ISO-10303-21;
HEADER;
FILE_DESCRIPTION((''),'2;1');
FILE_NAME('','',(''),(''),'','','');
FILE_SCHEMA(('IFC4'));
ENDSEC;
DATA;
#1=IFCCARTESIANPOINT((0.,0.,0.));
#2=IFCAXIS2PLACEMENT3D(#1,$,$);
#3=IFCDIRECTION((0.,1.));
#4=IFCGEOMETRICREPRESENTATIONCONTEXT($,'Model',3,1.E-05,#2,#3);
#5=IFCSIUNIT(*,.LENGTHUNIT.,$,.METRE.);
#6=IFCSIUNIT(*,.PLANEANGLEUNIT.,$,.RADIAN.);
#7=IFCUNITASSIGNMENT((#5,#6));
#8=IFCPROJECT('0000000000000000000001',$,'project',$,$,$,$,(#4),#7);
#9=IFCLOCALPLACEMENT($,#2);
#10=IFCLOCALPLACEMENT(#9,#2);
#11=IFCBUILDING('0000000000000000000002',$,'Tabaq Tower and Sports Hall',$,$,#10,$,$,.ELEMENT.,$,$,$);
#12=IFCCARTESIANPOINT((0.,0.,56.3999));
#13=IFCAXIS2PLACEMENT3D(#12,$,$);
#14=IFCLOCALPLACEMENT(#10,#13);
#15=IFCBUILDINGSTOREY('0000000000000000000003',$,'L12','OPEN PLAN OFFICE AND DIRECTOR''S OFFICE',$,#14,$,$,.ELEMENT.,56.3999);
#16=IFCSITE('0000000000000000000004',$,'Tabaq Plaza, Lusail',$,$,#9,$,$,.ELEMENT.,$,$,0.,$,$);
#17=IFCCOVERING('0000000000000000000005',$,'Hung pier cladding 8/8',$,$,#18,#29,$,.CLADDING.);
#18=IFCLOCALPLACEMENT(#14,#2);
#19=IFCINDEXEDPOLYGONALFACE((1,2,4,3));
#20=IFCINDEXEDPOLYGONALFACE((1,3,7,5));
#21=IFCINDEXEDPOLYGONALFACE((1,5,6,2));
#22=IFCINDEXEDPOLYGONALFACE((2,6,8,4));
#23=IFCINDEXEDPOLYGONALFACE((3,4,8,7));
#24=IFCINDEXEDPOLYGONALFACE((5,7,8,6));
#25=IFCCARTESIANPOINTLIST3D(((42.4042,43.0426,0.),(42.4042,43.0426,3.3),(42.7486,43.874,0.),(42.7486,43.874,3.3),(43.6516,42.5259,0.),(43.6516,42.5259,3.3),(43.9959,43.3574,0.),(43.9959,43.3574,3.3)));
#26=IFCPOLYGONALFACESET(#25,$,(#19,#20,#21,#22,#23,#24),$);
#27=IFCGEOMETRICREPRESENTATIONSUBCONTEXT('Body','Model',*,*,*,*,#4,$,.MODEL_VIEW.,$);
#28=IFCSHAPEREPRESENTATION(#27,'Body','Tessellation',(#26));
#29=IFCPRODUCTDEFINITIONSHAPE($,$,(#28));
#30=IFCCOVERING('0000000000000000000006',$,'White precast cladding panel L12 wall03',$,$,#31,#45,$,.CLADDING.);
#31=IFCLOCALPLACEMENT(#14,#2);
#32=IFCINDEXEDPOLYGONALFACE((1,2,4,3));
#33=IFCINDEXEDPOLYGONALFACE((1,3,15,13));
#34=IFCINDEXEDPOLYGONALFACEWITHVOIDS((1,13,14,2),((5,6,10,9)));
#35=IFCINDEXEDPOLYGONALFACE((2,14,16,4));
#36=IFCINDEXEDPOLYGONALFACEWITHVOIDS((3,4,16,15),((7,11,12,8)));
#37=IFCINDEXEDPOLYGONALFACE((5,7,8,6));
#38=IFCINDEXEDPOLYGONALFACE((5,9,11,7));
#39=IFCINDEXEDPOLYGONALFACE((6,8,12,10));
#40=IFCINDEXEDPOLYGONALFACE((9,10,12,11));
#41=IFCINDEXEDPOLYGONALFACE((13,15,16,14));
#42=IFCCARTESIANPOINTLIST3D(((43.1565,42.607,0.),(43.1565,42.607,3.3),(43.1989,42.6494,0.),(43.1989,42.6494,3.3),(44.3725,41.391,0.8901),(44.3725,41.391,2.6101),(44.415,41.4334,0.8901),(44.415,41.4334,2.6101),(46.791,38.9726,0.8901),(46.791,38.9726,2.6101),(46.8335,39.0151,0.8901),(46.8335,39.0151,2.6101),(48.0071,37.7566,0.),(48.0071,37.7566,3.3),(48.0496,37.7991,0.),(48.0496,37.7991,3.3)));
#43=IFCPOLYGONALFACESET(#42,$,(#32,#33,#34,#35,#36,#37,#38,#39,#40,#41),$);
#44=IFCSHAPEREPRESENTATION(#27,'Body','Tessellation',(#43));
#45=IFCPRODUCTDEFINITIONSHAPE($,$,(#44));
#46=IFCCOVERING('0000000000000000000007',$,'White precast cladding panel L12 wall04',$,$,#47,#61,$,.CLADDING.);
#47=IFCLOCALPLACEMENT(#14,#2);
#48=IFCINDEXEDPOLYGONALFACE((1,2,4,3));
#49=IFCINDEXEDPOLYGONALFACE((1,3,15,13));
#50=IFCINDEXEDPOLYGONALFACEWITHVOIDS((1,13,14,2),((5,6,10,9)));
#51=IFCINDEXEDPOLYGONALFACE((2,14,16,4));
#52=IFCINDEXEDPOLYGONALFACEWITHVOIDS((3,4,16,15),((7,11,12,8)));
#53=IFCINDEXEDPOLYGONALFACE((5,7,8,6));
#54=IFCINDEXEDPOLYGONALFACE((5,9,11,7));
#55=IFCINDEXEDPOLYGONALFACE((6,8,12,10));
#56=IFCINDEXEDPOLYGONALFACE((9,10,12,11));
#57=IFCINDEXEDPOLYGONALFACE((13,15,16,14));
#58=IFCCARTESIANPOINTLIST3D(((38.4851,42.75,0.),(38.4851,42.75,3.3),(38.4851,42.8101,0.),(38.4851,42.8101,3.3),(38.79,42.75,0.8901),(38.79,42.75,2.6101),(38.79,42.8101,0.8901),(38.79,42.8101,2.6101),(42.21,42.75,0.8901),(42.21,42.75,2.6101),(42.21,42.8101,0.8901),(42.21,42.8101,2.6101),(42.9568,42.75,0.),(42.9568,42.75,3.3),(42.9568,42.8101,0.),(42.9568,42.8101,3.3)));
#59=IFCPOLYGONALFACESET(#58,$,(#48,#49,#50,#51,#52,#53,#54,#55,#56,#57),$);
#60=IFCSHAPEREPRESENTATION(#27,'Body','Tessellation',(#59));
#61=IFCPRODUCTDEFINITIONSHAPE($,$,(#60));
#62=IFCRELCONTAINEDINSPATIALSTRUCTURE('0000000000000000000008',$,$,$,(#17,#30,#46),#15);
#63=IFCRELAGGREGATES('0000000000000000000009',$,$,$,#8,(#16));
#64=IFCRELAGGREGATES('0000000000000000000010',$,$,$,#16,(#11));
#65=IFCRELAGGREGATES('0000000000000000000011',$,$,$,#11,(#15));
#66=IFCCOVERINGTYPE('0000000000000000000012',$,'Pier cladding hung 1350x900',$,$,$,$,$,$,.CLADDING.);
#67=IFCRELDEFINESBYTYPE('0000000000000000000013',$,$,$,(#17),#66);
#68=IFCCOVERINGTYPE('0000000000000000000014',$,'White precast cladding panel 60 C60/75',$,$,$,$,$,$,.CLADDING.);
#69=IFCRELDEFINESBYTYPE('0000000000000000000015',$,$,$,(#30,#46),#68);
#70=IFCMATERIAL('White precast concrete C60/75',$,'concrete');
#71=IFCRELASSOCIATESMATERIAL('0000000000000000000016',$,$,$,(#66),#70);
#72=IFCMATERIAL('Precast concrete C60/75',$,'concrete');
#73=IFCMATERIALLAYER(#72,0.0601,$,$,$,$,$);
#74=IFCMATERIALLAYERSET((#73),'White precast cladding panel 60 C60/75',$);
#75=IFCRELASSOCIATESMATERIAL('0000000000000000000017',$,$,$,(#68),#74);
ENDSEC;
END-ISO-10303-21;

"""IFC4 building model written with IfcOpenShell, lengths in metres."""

from ifc_helpers import new_model, si_unit, direction, frame, frame_2d, origin, place, context, subcontext, project, spatial, polyline, rectangle, outline, extrude, material, layer, layer_set, type_object, element, save


model = new_model("IFC4")

# Units and contexts
model_context = context("Model", 3, precision=1e-05, world=origin(), true_north=direction((0.0, 1.0)))
body_context = subcontext(model_context, "Body", "Model", "MODEL_VIEW")
ifc_project = project(units=[si_unit("LENGTHUNIT", "METRE"), si_unit("PLANEANGLEUNIT", "RADIAN")], contexts=[model_context])

# Site, building, storey
site_placement = place(None, origin())
site = spatial("IfcSite", under=ifc_project, at=site_placement, Name="Tabaq Plaza, Lusail", CompositionType="ELEMENT", RefElevation=0.0)
building_placement = place(site_placement, origin())
building = spatial("IfcBuilding", under=site, at=building_placement, Name="Tabaq Tower and Sports Hall", CompositionType="ELEMENT")
storey_placement = place(building_placement, frame((0.0, 0.0, 56.3999)))
storey = spatial("IfcBuildingStorey", under=building, at=storey_placement, Name="L12", Description="OPEN PLAN OFFICE AND DIRECTOR'S OFFICE", CompositionType="ELEMENT", Elevation=56.3999)

# Coverings
ifc_material_1 = material(Name="White precast concrete C60/75", Category="concrete")
covering_type_1 = type_object("IfcCoveringType", Name="Pier cladding hung 1350x900", PredefinedType="CLADDING", material=ifc_material_1)
covering_1_placement = place(storey_placement, frame((43.8237, 42.9417, 0.0), z_axis=(0.0, 0.0, 1.0), x_axis=(-0.923893, 0.38265, 0.0)))
element("IfcCovering", 1, at=covering_1_placement, inside=storey, type_object=covering_type_1, Name="Hung pier cladding 8/8", PredefinedType="CLADDING", context=body_context, shape_type="SweptSolid", body=[
    extrude(rectangle(XDim=1.3501, YDim=0.8999, at=frame_2d((0.675, 0.0))), origin(), (0.0, 0.0, 1.0), 3.3),
])
ifc_material_2 = material(Name="Precast concrete C60/75", Category="concrete")
ifc_layer_1 = layer(ifc_material_2, 0.0601)
ifc_layer_set_1 = layer_set([ifc_layer_1], Name="White precast cladding panel 60 C60/75")
covering_type_2 = type_object("IfcCoveringType", Name="White precast cladding panel 60 C60/75", PredefinedType="CLADDING", material=ifc_layer_set_1)
covering_2_placement = place(storey_placement, frame((48.0283, 37.7778, 0.0), z_axis=(0.0, 0.0, 1.0), x_axis=(-0.707125, 0.707089, 0.0)))
element("IfcCovering", 2, at=covering_2_placement, inside=storey, type_object=covering_type_2, Name="White precast cladding panel L12 wall03", PredefinedType="CLADDING", context=body_context, shape_type="SweptSolid", body=[
    extrude(outline(polyline([(0.0, 0.0), (6.8596, 0.0), (6.8596, 3.3), (0.0, 3.3), (0.0, 0.0)]), holes=[polyline([(1.7197, 0.8901), (1.7197, 2.6101), (5.1399, 2.6101), (5.1399, 0.8901), (1.7197, 0.8901)])]), frame((0.0, 0.03, 0.0), z_axis=(0.0, -1.0, 0.0), x_axis=(1.0, 0.0, 0.0)), (0.0, 0.0, 1.0), 0.0601),
])
covering_3_placement = place(storey_placement, frame((42.9568, 42.78, 0.0), z_axis=(0.0, 0.0, 1.0), x_axis=(-1.0, 0.0, 0.0)))
element("IfcCovering", 3, at=covering_3_placement, inside=storey, type_object=covering_type_2, Name="White precast cladding panel L12 wall04", PredefinedType="CLADDING", context=body_context, shape_type="SweptSolid", body=[
    extrude(outline(polyline([(0.0, 0.0), (4.4717, 0.0), (4.4717, 3.3), (0.0, 3.3), (0.0, 0.0)]), holes=[polyline([(0.7468, 0.8901), (0.7468, 2.6101), (4.1667, 2.6101), (4.1667, 0.8901), (0.7468, 0.8901)])]), frame((0.0, 0.03, 0.0), z_axis=(0.0, -1.0, 0.0), x_axis=(1.0, 0.0, 0.0)), (0.0, 0.0, 1.0), 0.0601),
])

save(model, "model.ifc")
